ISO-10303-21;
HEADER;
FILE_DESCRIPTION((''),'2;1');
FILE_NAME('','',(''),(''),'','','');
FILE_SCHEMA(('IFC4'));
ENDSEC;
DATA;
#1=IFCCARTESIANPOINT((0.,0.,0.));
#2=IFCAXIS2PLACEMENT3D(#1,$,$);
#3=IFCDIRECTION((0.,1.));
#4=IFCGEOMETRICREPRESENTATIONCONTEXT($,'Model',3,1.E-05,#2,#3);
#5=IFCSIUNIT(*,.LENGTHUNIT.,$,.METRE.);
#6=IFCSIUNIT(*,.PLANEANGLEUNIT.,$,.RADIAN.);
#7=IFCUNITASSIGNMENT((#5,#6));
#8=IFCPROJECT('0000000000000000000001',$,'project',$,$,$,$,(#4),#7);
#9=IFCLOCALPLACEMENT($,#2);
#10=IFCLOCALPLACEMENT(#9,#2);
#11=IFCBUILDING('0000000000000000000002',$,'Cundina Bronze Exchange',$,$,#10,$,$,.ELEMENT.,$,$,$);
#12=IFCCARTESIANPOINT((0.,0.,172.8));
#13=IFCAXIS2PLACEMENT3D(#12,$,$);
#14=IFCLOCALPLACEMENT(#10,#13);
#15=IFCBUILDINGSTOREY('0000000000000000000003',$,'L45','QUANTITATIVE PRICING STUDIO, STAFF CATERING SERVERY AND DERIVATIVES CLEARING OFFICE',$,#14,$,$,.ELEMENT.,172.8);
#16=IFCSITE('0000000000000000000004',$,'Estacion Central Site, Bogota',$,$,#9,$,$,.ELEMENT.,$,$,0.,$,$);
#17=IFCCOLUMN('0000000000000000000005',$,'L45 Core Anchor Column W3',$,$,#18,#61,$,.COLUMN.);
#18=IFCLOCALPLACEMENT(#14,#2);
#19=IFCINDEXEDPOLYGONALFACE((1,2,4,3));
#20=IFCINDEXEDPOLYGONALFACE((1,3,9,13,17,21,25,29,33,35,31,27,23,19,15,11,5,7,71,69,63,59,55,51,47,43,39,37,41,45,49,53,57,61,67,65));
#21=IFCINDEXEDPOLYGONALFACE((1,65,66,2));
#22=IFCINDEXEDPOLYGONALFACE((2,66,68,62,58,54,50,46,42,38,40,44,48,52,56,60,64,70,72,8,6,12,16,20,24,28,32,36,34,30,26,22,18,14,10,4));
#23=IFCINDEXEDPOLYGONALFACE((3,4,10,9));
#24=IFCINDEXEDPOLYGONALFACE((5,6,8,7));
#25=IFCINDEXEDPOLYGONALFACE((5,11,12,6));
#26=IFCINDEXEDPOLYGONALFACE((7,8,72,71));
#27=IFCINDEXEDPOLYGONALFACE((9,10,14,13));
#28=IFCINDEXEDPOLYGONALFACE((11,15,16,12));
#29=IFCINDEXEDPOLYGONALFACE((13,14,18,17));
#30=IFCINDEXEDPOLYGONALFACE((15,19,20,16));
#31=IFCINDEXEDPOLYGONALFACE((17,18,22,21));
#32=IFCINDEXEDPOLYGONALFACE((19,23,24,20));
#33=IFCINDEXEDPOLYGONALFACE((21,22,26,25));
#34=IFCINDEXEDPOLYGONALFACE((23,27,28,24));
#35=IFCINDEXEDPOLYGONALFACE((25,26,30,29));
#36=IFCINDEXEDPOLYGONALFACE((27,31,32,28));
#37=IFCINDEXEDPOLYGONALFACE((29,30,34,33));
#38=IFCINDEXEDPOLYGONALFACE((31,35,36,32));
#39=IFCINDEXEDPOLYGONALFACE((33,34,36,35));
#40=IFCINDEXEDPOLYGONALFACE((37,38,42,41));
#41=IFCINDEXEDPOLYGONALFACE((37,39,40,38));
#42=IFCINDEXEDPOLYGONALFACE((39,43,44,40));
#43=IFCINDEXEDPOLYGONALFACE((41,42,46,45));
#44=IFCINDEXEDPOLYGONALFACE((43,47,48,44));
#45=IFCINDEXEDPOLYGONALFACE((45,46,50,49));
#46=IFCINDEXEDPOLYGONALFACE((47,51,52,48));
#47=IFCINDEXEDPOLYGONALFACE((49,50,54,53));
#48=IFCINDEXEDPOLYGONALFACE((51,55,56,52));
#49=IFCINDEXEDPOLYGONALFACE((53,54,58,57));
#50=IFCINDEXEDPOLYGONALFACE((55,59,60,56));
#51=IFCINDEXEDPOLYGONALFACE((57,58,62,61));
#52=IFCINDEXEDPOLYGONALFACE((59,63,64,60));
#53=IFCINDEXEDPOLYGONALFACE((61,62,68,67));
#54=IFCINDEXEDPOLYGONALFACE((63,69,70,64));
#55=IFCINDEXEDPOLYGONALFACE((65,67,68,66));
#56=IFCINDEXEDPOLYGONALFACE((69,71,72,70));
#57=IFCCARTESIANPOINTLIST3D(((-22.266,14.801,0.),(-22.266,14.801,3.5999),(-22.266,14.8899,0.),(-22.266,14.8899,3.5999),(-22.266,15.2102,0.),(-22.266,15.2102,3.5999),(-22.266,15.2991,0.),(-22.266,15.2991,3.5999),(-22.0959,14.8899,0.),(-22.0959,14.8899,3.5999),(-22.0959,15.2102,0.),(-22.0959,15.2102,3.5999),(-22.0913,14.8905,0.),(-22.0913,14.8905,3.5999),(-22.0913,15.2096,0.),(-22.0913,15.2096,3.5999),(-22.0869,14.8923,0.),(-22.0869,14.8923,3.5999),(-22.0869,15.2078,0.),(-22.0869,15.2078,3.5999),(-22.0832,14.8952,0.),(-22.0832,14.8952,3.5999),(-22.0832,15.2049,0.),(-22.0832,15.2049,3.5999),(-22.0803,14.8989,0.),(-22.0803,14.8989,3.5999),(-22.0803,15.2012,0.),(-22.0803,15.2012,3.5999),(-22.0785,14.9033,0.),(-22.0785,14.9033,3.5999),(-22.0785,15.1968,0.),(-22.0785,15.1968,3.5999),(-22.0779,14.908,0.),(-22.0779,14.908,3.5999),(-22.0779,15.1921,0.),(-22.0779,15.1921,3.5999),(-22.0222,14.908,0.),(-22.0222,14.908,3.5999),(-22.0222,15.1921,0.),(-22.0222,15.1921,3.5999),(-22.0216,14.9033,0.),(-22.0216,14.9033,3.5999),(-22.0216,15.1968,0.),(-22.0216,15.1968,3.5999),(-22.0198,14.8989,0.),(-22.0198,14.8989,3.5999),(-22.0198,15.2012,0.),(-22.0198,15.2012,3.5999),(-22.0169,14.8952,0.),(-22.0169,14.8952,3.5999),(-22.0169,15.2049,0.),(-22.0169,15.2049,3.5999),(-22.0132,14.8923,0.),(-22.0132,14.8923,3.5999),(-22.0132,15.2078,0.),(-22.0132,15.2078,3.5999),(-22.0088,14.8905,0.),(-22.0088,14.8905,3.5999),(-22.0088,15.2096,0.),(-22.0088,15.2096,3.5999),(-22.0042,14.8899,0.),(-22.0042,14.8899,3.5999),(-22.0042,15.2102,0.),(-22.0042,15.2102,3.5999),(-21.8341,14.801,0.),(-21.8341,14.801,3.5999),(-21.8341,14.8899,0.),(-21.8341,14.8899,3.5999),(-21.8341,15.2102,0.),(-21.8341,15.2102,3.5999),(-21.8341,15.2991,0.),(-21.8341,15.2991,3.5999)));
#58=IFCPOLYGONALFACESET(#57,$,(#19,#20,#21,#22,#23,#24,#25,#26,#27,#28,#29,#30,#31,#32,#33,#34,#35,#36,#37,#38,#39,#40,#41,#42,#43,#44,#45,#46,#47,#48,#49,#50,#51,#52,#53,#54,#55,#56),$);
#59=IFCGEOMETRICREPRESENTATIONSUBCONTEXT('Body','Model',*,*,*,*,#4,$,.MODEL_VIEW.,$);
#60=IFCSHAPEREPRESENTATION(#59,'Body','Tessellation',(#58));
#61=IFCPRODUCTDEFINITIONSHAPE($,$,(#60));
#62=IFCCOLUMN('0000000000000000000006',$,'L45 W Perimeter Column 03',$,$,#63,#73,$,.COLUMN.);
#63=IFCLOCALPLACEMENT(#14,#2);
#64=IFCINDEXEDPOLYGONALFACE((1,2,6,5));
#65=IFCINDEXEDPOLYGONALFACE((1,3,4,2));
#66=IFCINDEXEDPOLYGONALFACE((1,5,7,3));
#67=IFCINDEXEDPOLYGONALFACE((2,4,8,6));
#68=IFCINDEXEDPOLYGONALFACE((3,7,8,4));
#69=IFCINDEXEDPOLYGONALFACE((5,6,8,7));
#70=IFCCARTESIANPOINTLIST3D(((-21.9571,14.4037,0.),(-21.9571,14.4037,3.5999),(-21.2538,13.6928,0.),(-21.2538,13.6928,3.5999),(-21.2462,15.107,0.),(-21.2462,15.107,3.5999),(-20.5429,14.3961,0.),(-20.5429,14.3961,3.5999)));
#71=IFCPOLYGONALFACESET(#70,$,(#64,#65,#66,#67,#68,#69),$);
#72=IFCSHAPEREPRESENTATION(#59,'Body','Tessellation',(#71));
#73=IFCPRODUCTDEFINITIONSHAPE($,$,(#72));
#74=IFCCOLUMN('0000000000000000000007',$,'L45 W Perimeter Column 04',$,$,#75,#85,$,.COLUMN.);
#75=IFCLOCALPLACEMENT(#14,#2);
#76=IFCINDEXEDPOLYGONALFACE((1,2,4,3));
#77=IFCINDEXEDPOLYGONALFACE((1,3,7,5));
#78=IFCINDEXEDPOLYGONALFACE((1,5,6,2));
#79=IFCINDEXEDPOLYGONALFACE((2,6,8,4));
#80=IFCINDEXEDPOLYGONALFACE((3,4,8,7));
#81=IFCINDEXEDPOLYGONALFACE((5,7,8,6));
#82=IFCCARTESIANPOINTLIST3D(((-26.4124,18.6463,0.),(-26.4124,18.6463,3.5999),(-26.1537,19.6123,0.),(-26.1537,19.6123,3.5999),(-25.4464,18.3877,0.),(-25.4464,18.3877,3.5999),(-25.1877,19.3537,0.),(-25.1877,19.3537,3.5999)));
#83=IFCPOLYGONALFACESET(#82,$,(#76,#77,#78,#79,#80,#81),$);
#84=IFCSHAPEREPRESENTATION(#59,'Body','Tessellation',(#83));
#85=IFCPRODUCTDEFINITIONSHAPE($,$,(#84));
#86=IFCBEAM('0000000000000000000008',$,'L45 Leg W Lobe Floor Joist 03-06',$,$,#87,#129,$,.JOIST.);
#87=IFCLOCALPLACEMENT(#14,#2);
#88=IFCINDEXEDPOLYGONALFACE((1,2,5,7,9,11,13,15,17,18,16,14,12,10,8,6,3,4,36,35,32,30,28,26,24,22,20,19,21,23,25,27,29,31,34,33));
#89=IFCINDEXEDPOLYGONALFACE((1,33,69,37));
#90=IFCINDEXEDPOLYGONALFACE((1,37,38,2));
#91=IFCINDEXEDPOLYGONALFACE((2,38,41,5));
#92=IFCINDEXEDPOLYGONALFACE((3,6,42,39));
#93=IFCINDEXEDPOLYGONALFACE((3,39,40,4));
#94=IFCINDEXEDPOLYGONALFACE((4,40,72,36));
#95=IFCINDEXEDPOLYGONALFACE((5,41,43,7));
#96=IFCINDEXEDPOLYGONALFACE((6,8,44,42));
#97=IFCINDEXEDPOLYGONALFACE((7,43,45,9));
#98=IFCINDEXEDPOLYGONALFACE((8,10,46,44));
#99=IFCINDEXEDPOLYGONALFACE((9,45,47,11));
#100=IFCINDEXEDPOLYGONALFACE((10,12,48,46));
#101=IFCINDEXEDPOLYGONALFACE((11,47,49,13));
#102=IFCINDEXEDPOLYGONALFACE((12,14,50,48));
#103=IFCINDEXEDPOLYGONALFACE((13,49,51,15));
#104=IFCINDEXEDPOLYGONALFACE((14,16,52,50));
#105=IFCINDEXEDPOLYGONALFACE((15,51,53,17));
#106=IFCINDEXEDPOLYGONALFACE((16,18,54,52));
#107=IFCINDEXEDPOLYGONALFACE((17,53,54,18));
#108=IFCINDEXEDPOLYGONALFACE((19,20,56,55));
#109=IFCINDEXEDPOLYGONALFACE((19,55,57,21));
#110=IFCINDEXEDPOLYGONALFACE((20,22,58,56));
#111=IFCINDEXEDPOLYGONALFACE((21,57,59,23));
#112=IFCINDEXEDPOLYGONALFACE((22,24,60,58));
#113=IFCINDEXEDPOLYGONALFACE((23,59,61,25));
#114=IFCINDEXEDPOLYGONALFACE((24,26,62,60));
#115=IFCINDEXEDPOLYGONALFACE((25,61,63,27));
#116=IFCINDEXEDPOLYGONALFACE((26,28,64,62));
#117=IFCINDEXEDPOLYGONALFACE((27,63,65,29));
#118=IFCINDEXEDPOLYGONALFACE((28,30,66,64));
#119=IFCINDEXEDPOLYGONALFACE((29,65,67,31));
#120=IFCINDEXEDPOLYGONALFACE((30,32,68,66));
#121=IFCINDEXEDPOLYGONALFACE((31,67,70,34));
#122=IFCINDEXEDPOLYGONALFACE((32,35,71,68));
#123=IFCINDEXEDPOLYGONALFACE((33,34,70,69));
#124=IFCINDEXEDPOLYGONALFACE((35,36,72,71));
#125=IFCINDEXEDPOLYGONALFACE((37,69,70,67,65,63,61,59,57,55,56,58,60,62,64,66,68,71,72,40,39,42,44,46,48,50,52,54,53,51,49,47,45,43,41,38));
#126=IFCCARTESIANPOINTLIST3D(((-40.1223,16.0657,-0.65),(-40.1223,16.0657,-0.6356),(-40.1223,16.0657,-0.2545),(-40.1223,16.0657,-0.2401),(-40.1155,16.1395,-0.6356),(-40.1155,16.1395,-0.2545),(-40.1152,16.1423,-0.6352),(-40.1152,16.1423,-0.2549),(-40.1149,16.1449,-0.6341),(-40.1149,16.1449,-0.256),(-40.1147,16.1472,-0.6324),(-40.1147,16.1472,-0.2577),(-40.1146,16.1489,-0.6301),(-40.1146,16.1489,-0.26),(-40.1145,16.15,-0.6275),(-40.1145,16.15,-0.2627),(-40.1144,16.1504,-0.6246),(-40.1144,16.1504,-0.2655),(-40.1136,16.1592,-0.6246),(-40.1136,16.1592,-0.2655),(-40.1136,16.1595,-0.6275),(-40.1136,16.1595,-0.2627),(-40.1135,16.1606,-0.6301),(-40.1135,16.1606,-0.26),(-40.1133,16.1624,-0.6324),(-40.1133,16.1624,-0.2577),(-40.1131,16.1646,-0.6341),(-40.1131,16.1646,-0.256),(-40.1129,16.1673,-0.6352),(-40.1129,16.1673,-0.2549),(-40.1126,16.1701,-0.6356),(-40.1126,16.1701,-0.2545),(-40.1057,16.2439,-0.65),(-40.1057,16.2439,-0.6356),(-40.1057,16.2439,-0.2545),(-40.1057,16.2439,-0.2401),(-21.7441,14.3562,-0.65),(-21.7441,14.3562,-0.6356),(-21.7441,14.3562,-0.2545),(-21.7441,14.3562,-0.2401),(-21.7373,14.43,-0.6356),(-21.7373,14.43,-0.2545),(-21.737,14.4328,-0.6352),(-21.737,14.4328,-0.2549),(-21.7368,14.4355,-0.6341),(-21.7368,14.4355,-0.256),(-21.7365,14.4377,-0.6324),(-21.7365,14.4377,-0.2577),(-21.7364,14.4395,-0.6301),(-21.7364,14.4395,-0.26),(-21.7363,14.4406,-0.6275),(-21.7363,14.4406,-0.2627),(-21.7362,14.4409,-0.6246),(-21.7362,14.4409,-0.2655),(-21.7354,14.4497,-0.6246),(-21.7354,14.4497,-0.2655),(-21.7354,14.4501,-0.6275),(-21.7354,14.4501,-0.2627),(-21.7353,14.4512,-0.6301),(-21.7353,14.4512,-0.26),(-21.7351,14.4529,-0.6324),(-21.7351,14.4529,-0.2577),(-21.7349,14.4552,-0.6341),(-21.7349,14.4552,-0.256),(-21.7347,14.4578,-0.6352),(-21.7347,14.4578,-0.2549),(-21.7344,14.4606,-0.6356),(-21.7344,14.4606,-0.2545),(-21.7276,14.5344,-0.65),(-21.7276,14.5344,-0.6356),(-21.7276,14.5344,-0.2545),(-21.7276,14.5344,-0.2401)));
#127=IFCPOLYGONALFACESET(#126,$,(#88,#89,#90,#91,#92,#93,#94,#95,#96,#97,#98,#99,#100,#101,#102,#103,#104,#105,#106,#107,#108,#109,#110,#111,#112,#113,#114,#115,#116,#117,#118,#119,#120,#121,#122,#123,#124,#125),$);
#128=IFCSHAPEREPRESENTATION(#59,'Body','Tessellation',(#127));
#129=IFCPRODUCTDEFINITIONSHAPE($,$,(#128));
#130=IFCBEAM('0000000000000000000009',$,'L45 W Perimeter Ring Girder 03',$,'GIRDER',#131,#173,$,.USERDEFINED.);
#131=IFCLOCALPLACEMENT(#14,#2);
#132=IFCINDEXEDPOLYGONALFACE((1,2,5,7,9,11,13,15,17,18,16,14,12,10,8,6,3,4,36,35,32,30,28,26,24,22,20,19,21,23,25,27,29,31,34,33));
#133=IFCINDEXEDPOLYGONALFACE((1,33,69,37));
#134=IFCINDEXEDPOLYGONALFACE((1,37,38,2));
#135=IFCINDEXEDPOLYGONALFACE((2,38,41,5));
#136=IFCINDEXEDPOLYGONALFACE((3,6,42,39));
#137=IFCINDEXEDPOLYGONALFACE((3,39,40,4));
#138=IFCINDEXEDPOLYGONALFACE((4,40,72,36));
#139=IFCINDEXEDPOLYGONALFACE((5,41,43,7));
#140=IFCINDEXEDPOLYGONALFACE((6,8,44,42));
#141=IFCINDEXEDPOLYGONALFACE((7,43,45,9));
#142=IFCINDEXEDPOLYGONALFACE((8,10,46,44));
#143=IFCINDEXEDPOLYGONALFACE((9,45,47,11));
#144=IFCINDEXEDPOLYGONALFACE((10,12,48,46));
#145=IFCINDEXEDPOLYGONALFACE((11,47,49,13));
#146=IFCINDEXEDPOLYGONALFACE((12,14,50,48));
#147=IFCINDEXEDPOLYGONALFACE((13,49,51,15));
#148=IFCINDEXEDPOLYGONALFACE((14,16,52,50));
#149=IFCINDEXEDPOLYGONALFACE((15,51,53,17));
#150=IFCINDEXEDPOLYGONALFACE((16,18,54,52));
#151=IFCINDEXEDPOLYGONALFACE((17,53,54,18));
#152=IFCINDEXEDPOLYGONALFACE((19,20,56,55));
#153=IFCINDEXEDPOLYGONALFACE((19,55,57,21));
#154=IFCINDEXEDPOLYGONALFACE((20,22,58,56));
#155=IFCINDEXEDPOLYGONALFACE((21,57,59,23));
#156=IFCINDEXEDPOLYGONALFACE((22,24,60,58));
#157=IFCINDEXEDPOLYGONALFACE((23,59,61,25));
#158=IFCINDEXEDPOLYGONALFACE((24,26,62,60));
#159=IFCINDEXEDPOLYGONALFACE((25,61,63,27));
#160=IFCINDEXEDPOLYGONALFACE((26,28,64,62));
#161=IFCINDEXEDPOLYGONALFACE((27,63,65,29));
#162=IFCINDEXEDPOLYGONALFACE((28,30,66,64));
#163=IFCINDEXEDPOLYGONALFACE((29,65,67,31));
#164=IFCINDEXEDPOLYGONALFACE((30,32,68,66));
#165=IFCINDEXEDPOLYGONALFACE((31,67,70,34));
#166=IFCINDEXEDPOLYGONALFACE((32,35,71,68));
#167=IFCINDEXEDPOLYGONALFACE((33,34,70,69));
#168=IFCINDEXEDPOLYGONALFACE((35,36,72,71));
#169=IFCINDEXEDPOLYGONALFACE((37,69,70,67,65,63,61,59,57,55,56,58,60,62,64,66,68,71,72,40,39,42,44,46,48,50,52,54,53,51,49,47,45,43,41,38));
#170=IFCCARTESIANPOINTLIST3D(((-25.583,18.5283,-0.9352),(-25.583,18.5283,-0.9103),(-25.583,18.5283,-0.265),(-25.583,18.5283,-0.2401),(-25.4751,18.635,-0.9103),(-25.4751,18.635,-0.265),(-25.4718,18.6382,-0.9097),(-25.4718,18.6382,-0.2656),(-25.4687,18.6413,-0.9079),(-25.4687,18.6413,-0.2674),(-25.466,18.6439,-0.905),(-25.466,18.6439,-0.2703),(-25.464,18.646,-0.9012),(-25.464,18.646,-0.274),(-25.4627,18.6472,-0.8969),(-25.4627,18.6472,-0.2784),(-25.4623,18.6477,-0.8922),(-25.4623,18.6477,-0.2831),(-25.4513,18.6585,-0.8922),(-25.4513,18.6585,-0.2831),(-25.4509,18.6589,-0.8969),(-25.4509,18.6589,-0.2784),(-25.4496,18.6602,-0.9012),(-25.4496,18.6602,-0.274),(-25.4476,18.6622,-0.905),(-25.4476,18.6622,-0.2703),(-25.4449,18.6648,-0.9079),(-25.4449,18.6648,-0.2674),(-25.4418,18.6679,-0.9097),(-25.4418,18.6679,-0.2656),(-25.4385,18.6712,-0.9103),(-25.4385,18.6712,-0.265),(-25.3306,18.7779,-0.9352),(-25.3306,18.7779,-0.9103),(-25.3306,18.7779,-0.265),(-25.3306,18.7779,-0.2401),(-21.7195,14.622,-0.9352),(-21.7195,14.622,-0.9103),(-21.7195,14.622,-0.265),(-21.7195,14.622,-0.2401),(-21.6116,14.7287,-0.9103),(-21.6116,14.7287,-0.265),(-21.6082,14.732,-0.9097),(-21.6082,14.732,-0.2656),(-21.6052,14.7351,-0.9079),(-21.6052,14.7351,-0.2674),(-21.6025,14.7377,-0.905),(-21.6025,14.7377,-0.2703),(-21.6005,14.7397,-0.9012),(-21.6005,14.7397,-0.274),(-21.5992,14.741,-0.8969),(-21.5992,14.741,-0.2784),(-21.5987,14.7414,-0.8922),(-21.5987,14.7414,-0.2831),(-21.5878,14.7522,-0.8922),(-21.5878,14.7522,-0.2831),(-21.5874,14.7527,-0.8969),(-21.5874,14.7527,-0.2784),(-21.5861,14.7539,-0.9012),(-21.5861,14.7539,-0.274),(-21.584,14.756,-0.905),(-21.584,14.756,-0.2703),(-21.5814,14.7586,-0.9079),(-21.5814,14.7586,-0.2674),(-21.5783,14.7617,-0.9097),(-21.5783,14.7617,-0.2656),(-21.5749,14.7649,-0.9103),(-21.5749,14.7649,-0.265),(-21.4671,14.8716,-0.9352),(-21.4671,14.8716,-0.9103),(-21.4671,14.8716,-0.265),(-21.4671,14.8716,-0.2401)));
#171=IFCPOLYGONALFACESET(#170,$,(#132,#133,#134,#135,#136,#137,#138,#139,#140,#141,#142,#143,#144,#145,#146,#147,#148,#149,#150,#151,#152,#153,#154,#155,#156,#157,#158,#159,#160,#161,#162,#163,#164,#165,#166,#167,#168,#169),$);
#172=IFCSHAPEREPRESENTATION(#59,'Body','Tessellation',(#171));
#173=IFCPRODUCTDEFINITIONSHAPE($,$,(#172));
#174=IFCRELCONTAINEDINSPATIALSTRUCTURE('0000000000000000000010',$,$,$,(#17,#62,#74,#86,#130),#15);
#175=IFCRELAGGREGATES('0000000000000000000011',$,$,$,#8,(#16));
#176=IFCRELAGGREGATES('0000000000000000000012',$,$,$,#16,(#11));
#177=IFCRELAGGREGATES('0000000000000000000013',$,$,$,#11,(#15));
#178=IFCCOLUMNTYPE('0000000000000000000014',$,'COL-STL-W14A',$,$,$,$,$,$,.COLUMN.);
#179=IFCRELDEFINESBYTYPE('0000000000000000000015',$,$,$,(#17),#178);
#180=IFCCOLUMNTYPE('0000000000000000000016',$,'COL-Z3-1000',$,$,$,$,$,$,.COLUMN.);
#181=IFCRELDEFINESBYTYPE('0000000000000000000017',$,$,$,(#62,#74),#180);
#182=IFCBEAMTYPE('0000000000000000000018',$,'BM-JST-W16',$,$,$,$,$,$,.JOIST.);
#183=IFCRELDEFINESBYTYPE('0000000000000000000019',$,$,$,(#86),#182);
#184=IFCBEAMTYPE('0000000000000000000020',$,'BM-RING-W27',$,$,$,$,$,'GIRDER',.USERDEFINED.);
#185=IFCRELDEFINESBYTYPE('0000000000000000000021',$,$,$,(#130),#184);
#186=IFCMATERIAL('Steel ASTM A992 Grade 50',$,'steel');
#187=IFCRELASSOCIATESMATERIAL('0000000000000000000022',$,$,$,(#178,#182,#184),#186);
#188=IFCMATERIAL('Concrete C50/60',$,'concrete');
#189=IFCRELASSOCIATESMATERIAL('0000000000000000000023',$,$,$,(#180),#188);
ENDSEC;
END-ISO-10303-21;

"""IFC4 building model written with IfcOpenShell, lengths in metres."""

from ifc_helpers import new_model, si_unit, direction, frame, origin, origin_2d, place, context, subcontext, project, spatial, rectangle, i_section, extrude, material, material_profile, profile_set, type_object, element, save


model = new_model("IFC4")

# Units and contexts
model_context = context("Model", 3, precision=1e-05, world=origin(), true_north=direction((0.0, 1.0)))
body_context = subcontext(model_context, "Body", "Model", "MODEL_VIEW")
ifc_project = project(units=[si_unit("LENGTHUNIT", "METRE"), si_unit("PLANEANGLEUNIT", "RADIAN")], contexts=[model_context])

# Site, building, storey
site_placement = place(None, origin())
site = spatial("IfcSite", under=ifc_project, at=site_placement, Name="Estacion Central Site, Bogota", CompositionType="ELEMENT", RefElevation=0.0)
building_placement = place(site_placement, origin())
building = spatial("IfcBuilding", under=site, at=building_placement, Name="Cundina Bronze Exchange", CompositionType="ELEMENT")
storey_placement = place(building_placement, frame((0.0, 0.0, 172.8)))
storey = spatial("IfcBuildingStorey", under=building, at=storey_placement, Name="L45", Description="QUANTITATIVE PRICING STUDIO, STAFF CATERING SERVERY AND DERIVATIVES CLEARING OFFICE", CompositionType="ELEMENT", Elevation=172.8)

# Columns
ifc_material_1 = material(Name="Steel ASTM A992 Grade 50", Category="steel")
ifc_material_profile_1 = material_profile(ifc_material_1, i_section(OverallWidth=0.4319, OverallDepth=0.498, WebThickness=0.0557, FlangeThickness=0.0889, FilletRadius=0.0181, at=origin_2d()), Name="W14X500", Category="steel")
ifc_profile_set_1 = profile_set([ifc_material_profile_1], Name="Steel ASTM A992 Grade 50")
column_type_1 = type_object("IfcColumnType", Name="COL-STL-W14A", PredefinedType="COLUMN", material=ifc_profile_set_1)
column_placement = place(storey_placement, frame((-22.05, 15.05, 0.0), z_axis=(0.0, 0.0, 1.0), x_axis=(1.0, 0.0, 0.0)))
element("IfcColumn", 1, at=column_placement, inside=storey, type_object=column_type_1, Name="L45 Core Anchor Column W3", PredefinedType="COLUMN", context=body_context, shape_type="SweptSolid", body=[
    extrude(i_section(OverallWidth=0.4319, OverallDepth=0.498, WebThickness=0.0557, FlangeThickness=0.0889, FilletRadius=0.0181, at=origin_2d()), origin(), (0.0, 0.0, 1.0), 3.5999),
])
ifc_material_2 = material(Name="Concrete C50/60", Category="concrete")
ifc_material_profile_2 = material_profile(ifc_material_2, rectangle(XDim=1.0, YDim=1.0, at=origin_2d()), Name="RC1000X1000", Category="concrete")
ifc_profile_set_2 = profile_set([ifc_material_profile_2], Name="Concrete C50/60")
column_type_2 = type_object("IfcColumnType", Name="COL-Z3-1000", PredefinedType="COLUMN", material=ifc_profile_set_2)
for number, where, z_axis, x_axis, name in (
    (2, (-21.25, 14.3999, 0.0), (0.0, 0.0, 1.0), (-0.703271, 0.710922, 0.0), "L45 W Perimeter Column 03"),
    (3, (-25.8, 19.0, 0.0), (0.0, 0.0, 1.0), (-0.965971, 0.25865, 0.0), "L45 W Perimeter Column 04"),
):
    element("IfcColumn", number, at=place(storey_placement, frame(where, z_axis=z_axis, x_axis=x_axis)), inside=storey, type_object=column_type_2, Name=name, PredefinedType="COLUMN", context=body_context, shape_type="SweptSolid", body=[
        extrude(rectangle(XDim=1.0, YDim=1.0, at=origin_2d()), origin(), (0.0, 0.0, 1.0), 3.5999),
    ])

# Beams
ifc_material_profile_3 = material_profile(ifc_material_1, i_section(OverallWidth=0.179, OverallDepth=0.4099, WebThickness=0.0088, FlangeThickness=0.0144, FilletRadius=0.011, at=origin_2d()), Name="W16X45", Category="steel")
ifc_profile_set_3 = profile_set([ifc_material_profile_3], Name="Steel ASTM A992 Grade 50")
beam_type_1 = type_object("IfcBeamType", Name="BM-JST-W16", PredefinedType="JOIST", material=ifc_profile_set_3)
beam_1_placement = place(storey_placement, frame((-21.7358, 14.4453, -0.4451), z_axis=(-0.995702, 0.092617, 0.0), x_axis=(-0.092617, -0.995702, 0.0)))
element("IfcBeam", 4, at=beam_1_placement, inside=storey, type_object=beam_type_1, Name="L45 Leg W Lobe Floor Joist 03-06", PredefinedType="JOIST", context=body_context, shape_type="SweptSolid", body=[
    extrude(i_section(OverallWidth=0.179, OverallDepth=0.4099, WebThickness=0.0088, FlangeThickness=0.0144, FilletRadius=0.011, at=origin_2d()), origin(), (0.0, 0.0, 1.0), 18.4575),
])
ifc_material_profile_4 = material_profile(ifc_material_1, i_section(OverallWidth=0.355, OverallDepth=0.6951, WebThickness=0.0154, FlangeThickness=0.0249, FilletRadius=0.0181, at=origin_2d()), Name="W27X146", Category="steel")
ifc_profile_set_4 = profile_set([ifc_material_profile_4], Name="Steel ASTM A992 Grade 50")
beam_type_2 = type_object("IfcBeamType", Name="BM-RING-W27", ElementType="GIRDER", PredefinedType="USERDEFINED", material=ifc_profile_set_4)
beam_2_placement = place(storey_placement, frame((-21.5933, 14.7468, -0.5876), z_axis=(-0.703208, 0.710984, 0.0), x_axis=(-0.710984, -0.703208, 0.0)))
element("IfcBeam", 5, at=beam_2_placement, inside=storey, type_object=beam_type_2, Name="L45 W Perimeter Ring Girder 03", ObjectType="GIRDER", PredefinedType="USERDEFINED", context=body_context, shape_type="SweptSolid", body=[
    extrude(i_section(OverallWidth=0.355, OverallDepth=0.6951, WebThickness=0.0154, FlangeThickness=0.0249, FilletRadius=0.0181, at=origin_2d()), origin(), (0.0, 0.0, 1.0), 5.4941),
])

save(model, "model.ifc")
